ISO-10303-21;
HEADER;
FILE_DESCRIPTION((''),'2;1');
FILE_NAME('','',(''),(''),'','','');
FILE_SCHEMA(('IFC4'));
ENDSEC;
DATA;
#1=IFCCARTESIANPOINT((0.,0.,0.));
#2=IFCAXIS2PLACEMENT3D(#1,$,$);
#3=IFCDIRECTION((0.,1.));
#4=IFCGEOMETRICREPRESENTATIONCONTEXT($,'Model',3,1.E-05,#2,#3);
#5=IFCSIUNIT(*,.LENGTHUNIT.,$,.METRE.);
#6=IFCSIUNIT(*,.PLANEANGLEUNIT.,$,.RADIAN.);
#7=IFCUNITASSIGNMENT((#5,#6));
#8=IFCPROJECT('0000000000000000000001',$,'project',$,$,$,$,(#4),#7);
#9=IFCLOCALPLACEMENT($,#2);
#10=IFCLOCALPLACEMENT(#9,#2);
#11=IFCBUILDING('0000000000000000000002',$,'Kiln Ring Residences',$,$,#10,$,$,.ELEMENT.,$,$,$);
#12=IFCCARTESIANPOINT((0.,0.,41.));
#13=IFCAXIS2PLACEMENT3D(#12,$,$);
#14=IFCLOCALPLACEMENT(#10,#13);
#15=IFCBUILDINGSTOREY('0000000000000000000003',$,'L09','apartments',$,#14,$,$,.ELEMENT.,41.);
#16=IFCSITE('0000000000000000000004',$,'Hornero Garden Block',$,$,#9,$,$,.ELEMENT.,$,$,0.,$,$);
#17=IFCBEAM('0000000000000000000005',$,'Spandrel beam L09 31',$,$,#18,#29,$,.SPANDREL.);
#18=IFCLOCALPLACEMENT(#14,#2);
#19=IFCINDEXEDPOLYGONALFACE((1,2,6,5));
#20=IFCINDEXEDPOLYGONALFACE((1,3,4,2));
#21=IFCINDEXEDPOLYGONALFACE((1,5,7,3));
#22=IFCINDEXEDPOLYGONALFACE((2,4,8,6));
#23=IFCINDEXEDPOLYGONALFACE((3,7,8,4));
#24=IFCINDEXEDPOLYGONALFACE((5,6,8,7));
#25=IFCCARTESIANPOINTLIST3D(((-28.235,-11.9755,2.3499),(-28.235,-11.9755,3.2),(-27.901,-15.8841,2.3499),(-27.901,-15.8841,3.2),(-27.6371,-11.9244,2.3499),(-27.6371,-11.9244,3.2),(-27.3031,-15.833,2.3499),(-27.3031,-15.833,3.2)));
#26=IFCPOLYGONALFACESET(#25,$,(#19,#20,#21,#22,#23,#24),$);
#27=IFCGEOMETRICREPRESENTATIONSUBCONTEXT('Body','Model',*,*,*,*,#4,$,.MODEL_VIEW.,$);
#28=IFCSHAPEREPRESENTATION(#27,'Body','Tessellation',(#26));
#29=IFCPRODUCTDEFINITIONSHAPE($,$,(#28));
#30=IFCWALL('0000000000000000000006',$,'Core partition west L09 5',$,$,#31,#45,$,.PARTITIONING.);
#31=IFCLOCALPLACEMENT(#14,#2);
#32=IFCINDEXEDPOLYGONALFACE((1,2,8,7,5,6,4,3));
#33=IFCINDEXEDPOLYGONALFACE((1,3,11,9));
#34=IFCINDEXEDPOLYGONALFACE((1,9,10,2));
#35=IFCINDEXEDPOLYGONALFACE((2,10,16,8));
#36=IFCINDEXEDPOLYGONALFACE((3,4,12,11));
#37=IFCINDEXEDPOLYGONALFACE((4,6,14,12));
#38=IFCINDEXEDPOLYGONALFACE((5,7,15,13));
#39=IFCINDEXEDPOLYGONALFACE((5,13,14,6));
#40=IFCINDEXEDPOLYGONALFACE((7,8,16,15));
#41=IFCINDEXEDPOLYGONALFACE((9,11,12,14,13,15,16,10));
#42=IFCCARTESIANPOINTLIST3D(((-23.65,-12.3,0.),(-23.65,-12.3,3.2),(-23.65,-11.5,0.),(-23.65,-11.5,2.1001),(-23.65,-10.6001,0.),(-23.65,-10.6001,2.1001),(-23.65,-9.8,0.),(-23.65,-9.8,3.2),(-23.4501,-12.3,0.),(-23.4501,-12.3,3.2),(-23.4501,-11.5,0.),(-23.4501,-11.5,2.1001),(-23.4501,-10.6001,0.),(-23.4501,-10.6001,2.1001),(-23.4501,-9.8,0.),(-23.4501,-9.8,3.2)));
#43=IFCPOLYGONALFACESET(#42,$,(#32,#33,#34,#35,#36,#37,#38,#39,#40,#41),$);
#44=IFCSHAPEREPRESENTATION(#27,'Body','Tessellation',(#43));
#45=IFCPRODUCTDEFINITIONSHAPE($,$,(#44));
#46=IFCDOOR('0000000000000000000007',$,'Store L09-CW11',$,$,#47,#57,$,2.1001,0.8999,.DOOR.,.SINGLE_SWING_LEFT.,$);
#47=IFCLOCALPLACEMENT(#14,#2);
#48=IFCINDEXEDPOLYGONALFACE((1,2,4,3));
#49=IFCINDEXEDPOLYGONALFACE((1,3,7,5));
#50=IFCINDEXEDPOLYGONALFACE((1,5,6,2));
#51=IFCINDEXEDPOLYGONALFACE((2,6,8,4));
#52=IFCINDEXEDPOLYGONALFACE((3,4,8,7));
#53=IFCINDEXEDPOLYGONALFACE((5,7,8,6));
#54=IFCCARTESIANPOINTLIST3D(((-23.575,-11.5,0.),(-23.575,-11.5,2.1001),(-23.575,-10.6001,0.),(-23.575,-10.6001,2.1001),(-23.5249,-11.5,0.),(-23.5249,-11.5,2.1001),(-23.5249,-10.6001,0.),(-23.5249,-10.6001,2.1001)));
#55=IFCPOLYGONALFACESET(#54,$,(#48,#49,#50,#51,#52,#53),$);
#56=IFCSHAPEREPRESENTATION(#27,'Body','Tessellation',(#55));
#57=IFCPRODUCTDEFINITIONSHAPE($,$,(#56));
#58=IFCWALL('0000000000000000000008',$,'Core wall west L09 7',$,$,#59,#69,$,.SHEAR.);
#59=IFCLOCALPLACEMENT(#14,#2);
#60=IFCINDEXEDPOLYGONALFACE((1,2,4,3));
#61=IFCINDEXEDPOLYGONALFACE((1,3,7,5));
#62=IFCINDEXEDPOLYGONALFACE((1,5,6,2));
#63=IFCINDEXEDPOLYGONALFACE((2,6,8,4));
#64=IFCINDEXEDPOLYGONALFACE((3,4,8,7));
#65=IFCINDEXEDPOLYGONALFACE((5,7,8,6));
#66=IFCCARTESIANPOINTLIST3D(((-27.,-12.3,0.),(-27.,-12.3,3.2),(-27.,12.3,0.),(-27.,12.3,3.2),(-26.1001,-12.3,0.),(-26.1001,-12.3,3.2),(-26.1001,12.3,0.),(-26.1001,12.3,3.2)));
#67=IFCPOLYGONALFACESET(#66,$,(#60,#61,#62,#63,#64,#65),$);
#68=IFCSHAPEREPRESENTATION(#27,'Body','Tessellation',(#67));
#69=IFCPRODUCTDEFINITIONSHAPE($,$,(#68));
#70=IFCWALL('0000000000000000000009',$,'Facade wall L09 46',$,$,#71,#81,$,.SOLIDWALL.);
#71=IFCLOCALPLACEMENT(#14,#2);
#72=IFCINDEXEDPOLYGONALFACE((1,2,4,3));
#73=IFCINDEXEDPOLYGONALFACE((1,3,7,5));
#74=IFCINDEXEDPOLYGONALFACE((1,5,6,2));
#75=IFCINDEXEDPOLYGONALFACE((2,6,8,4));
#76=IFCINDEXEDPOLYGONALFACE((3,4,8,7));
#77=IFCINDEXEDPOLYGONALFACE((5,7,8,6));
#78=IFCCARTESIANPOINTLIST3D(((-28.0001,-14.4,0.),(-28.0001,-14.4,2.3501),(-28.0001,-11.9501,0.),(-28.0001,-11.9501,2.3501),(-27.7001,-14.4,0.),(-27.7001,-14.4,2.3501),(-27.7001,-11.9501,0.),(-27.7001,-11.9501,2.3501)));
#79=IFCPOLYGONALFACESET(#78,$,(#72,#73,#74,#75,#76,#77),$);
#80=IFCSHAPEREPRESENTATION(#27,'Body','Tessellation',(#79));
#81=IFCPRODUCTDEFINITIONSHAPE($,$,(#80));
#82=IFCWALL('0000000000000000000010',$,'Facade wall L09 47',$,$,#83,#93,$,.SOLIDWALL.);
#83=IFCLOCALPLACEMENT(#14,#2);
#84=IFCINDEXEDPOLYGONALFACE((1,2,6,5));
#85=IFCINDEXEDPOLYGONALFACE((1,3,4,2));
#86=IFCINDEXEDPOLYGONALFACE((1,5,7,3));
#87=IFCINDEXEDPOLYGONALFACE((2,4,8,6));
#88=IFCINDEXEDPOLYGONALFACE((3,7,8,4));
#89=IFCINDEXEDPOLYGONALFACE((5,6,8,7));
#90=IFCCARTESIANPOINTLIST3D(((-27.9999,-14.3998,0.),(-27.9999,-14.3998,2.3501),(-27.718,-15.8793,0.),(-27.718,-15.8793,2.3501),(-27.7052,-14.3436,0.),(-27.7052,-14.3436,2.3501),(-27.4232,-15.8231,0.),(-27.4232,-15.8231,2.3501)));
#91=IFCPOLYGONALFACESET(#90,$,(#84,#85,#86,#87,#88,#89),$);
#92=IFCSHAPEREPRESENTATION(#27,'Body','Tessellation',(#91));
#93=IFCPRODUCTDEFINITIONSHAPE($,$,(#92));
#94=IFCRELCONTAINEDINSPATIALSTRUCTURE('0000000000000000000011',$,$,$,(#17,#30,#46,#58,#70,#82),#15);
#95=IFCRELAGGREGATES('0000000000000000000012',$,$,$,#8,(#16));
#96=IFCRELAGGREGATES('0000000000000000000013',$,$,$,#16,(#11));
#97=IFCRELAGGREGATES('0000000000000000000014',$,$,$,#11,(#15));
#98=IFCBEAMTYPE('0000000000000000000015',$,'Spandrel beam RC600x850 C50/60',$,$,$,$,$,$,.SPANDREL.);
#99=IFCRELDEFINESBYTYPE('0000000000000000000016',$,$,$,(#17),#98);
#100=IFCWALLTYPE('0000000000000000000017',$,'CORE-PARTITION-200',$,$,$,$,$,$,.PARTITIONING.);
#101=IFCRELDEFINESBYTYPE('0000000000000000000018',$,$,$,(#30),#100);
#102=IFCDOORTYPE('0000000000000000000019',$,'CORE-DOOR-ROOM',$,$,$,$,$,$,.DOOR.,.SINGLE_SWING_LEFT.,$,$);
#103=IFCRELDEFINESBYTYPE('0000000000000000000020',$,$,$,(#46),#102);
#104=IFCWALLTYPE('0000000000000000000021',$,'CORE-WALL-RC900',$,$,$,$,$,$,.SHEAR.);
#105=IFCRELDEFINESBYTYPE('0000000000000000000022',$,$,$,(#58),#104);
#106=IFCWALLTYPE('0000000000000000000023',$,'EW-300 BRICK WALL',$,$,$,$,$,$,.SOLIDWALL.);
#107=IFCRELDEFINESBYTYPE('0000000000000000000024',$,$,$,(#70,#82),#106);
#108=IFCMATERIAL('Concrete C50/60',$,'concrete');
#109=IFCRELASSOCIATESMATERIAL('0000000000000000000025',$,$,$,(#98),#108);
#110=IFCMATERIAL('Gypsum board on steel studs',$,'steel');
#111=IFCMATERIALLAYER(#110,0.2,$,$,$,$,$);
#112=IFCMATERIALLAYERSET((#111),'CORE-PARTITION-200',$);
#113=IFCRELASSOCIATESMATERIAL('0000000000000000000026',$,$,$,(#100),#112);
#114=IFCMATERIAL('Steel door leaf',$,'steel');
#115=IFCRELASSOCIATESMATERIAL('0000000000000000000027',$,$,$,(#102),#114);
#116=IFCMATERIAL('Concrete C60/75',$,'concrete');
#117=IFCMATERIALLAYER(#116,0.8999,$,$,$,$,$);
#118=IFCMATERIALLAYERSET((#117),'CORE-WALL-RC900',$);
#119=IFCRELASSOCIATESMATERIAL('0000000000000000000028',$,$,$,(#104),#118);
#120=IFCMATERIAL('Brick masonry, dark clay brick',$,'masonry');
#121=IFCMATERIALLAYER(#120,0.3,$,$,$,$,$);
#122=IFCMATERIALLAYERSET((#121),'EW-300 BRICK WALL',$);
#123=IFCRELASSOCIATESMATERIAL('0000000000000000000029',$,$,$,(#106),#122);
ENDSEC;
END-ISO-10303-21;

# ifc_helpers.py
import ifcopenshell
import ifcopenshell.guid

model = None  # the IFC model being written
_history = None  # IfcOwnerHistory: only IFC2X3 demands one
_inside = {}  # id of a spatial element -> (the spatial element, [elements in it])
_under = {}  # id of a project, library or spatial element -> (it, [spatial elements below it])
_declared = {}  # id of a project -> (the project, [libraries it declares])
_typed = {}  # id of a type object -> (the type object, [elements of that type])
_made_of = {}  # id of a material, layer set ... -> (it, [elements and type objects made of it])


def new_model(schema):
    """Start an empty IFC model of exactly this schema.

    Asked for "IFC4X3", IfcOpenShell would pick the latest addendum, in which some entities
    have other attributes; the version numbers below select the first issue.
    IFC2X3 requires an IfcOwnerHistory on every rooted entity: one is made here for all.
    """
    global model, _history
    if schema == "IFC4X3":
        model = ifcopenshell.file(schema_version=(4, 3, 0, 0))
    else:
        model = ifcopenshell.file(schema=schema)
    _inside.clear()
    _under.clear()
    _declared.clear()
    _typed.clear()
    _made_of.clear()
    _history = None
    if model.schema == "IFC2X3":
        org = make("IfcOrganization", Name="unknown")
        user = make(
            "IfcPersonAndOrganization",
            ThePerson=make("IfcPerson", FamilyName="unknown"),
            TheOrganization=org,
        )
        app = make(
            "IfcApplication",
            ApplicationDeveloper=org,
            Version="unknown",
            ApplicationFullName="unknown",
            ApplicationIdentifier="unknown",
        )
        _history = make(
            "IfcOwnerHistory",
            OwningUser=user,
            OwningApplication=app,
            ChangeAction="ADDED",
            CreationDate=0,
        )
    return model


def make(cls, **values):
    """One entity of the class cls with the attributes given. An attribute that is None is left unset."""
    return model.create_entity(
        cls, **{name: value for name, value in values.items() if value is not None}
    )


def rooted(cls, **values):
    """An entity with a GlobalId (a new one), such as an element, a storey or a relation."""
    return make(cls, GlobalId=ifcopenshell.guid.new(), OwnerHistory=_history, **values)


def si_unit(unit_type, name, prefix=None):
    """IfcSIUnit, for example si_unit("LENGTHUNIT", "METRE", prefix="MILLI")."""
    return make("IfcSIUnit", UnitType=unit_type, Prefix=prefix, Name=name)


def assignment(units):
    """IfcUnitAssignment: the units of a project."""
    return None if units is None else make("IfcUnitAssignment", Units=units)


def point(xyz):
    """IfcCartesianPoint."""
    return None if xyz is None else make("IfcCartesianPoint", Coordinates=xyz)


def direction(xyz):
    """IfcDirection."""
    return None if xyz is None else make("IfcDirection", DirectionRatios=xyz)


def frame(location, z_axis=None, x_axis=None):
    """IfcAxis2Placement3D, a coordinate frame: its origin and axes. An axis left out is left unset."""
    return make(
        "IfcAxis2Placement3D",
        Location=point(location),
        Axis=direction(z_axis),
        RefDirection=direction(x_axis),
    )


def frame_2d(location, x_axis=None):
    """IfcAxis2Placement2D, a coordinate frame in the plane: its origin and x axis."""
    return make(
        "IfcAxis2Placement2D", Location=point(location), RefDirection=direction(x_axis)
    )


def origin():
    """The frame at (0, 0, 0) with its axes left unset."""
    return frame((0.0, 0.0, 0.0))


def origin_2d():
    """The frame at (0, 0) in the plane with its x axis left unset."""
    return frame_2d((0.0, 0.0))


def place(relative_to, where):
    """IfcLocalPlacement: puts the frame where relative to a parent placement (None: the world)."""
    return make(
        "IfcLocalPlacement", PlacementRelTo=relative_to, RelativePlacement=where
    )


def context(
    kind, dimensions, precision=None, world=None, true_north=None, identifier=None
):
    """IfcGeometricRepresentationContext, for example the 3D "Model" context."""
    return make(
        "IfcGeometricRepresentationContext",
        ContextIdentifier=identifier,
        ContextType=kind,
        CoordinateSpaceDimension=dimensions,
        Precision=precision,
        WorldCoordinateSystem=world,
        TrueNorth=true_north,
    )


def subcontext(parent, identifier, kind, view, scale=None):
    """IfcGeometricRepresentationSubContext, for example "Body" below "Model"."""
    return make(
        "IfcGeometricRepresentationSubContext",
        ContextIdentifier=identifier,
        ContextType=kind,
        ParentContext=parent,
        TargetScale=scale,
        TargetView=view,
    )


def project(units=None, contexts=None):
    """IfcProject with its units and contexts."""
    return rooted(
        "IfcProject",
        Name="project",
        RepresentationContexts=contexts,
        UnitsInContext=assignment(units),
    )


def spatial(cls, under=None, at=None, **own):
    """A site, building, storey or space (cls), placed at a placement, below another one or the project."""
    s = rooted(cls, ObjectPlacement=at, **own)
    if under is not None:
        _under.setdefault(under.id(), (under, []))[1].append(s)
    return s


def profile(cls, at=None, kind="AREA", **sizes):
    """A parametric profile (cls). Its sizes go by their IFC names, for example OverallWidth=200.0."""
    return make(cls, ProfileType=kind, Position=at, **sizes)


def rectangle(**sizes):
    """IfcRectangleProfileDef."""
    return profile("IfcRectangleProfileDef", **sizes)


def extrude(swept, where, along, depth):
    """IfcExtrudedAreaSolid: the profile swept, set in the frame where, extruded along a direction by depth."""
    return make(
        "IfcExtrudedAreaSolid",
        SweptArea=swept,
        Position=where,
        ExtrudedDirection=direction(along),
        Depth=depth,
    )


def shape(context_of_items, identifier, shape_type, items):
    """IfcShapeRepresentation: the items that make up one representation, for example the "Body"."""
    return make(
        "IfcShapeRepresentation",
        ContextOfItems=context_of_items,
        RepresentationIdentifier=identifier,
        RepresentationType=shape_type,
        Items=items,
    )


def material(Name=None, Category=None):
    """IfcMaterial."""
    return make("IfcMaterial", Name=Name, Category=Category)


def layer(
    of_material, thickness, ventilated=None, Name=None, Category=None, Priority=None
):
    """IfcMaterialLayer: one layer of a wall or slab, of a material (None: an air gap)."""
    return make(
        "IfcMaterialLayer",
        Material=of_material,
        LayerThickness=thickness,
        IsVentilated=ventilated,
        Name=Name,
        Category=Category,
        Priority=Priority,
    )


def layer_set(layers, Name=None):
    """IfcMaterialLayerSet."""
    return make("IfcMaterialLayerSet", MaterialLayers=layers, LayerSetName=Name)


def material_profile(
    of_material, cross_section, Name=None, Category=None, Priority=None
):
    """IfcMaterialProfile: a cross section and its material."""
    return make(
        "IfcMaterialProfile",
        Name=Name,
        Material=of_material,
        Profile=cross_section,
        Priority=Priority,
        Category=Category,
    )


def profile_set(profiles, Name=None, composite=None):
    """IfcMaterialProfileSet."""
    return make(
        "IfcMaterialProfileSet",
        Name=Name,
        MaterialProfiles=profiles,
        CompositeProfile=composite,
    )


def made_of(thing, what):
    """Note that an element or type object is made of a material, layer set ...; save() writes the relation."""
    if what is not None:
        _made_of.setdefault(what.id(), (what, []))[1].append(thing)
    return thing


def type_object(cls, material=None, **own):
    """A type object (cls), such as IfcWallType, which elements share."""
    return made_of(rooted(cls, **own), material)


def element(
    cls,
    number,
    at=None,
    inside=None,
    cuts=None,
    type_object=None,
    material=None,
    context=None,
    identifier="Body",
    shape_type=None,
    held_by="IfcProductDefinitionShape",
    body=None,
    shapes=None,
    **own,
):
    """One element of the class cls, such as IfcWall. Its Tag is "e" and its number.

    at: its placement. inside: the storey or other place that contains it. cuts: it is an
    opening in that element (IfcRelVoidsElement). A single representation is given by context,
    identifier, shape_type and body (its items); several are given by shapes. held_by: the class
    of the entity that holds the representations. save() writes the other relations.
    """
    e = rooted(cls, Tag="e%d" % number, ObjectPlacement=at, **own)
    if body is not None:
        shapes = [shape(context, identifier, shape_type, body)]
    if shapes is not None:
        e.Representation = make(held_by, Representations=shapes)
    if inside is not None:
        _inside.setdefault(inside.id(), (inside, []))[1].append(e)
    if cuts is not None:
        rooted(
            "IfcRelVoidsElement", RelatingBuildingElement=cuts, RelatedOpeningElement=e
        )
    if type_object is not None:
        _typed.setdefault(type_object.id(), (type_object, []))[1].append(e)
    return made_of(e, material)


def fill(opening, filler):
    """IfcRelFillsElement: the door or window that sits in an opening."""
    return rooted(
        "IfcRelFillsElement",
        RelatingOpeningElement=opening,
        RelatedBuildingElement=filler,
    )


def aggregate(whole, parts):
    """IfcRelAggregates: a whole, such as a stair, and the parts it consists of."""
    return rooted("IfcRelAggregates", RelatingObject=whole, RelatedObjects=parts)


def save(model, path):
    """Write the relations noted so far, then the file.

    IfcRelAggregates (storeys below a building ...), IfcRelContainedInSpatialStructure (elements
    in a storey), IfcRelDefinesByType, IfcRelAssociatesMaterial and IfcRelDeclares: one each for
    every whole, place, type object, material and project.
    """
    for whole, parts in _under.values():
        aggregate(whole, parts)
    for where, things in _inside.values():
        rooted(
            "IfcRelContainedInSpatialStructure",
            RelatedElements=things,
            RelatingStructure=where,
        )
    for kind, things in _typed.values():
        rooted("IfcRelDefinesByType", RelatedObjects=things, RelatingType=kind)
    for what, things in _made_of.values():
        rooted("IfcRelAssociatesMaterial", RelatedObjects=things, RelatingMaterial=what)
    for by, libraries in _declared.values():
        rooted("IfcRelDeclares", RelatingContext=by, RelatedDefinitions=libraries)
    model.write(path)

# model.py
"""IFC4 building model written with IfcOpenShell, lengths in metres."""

from ifc_helpers import new_model, si_unit, direction, frame, frame_2d, origin, origin_2d, place, context, subcontext, project, spatial, rectangle, extrude, material, layer, layer_set, material_profile, profile_set, type_object, element, fill, save


model = new_model("IFC4")

# Units and contexts
model_context = context("Model", 3, precision=1e-05, world=origin(), true_north=direction((0.0, 1.0)))
body_context = subcontext(model_context, "Body", "Model", "MODEL_VIEW")
ifc_project = project(units=[si_unit("LENGTHUNIT", "METRE"), si_unit("PLANEANGLEUNIT", "RADIAN")], contexts=[model_context])

# Site, building, storey
site_placement = place(None, origin())
site = spatial("IfcSite", under=ifc_project, at=site_placement, Name="Hornero Garden Block", CompositionType="ELEMENT", RefElevation=0.0)
building_placement = place(site_placement, origin())
building = spatial("IfcBuilding", under=site, at=building_placement, Name="Kiln Ring Residences", CompositionType="ELEMENT")
storey_placement = place(building_placement, frame((0.0, 0.0, 41.0)))
storey = spatial("IfcBuildingStorey", under=building, at=storey_placement, Name="L09", Description="apartments", CompositionType="ELEMENT", Elevation=41.0)

# Beam
ifc_material_1 = material(Name="Concrete C50/60", Category="concrete")
ifc_material_profile = material_profile(ifc_material_1, rectangle(XDim=0.6001, YDim=0.8501, at=origin_2d()), Name="RC600x850")
ifc_profile_set = profile_set([ifc_material_profile], Name="Concrete C50/60")
beam_type = type_object("IfcBeamType", Name="Spandrel beam RC600x850 C50/60", PredefinedType="SPANDREL", material=ifc_profile_set)
beam_placement = place(storey_placement, frame((-27.936, -11.95, 2.7749), z_axis=(0.085136, -0.996369, 0.0), x_axis=(0.996369, 0.085136, 0.0)))
element("IfcBeam", 1, at=beam_placement, inside=storey, type_object=beam_type, Name="Spandrel beam L09 31", PredefinedType="SPANDREL", context=body_context, shape_type="SweptSolid", body=[
    extrude(rectangle(XDim=0.6001, YDim=0.8501, at=origin_2d()), origin(), (0.0, 0.0, 1.0), 3.9229),
])

# Wall, opening, door
ifc_material_2 = material(Name="Gypsum board on steel studs", Category="steel")
ifc_layer_1 = layer(ifc_material_2, 0.2)
ifc_layer_set_1 = layer_set([ifc_layer_1], Name="CORE-PARTITION-200")
wall_type_1 = type_object("IfcWallType", Name="CORE-PARTITION-200", PredefinedType="PARTITIONING", material=ifc_layer_set_1)
wall_1_placement = place(storey_placement, frame((-23.55, -12.3, 0.0), z_axis=(0.0, 0.0, 1.0), x_axis=(0.0, 1.0, 0.0)))
wall_1 = element("IfcWall", 2, at=wall_1_placement, inside=storey, type_object=wall_type_1, Name="Core partition west L09 5", PredefinedType="PARTITIONING", context=body_context, shape_type="SweptSolid", body=[
    extrude(rectangle(XDim=2.5, YDim=0.2, at=frame_2d((1.25, 0.0))), origin(), (0.0, 0.0, 1.0), 3.2),
])
opening_1_placement = place(wall_1_placement, frame((0.8, 0.0, 0.0)))
opening_1 = element("IfcOpeningElement", 3, at=opening_1_placement, cuts=wall_1, PredefinedType="OPENING", context=body_context, shape_type="SweptSolid", body=[
    extrude(rectangle(XDim=0.8999, YDim=2.1001, at=frame_2d((0.45, 1.05))), frame((0.0, 0.1099, 0.0), z_axis=(0.0, -1.0, 0.0), x_axis=(1.0, 0.0, 0.0)), (0.0, 0.0, 1.0), 0.22),
])
ifc_material_3 = material(Name="Steel door leaf", Category="steel")
door_type_1 = type_object("IfcDoorType", Name="CORE-DOOR-ROOM", OperationType="SINGLE_SWING_LEFT", PredefinedType="DOOR", material=ifc_material_3)
door_1_placement = place(opening_1_placement, origin())
door_1 = element("IfcDoor", 4, at=door_1_placement, inside=storey, type_object=door_type_1, Name="Store L09-CW11", OperationType="SINGLE_SWING_LEFT", OverallHeight=2.1001, OverallWidth=0.8999, PredefinedType="DOOR", context=body_context, shape_type="SweptSolid", body=[
    extrude(rectangle(XDim=0.8999, YDim=2.1001, at=frame_2d((0.45, 1.05))), frame((0.0, 0.0249, 0.0), z_axis=(0.0, -1.0, 0.0), x_axis=(1.0, 0.0, 0.0)), (0.0, 0.0, 1.0), 0.05),
])
fill(opening_1, door_1)

# Walls
ifc_material_4 = material(Name="Concrete C60/75", Category="concrete")
ifc_layer_2 = layer(ifc_material_4, 0.8999)
ifc_layer_set_2 = layer_set([ifc_layer_2], Name="CORE-WALL-RC900")
wall_type_2 = type_object("IfcWallType", Name="CORE-WALL-RC900", PredefinedType="SHEAR", material=ifc_layer_set_2)
wall_2_placement = place(storey_placement, frame((-26.55, -12.3, 0.0), z_axis=(0.0, 0.0, 1.0), x_axis=(0.0, 1.0, 0.0)))
element("IfcWall", 5, at=wall_2_placement, inside=storey, type_object=wall_type_2, Name="Core wall west L09 7", PredefinedType="SHEAR", context=body_context, shape_type="SweptSolid", body=[
    extrude(rectangle(XDim=24.6001, YDim=0.8999, at=frame_2d((12.3, 0.0))), origin(), (0.0, 0.0, 1.0), 3.2),
])
ifc_material_5 = material(Name="Brick masonry, dark clay brick", Category="masonry")
ifc_layer_3 = layer(ifc_material_5, 0.3)
ifc_layer_set_3 = layer_set([ifc_layer_3], Name="EW-300 BRICK WALL")
wall_type_3 = type_object("IfcWallType", Name="EW-300 BRICK WALL", PredefinedType="SOLIDWALL", material=ifc_layer_set_3)
wall_3_placement = place(storey_placement, frame((-27.8501, -11.95, 0.0), z_axis=(0.0, 0.0, 1.0), x_axis=(0.0, -1.0, 0.0)))
element("IfcWall", 6, at=wall_3_placement, inside=storey, type_object=wall_type_3, Name="Facade wall L09 46", PredefinedType="SOLIDWALL", context=body_context, shape_type="SweptSolid", body=[
    extrude(rectangle(XDim=2.45, YDim=0.3, at=frame_2d((1.2251, 0.0))), origin(), (0.0, 0.0, 1.0), 2.3501),
])
wall_4_placement = place(storey_placement, frame((-27.8525, -14.3718, 0.0), z_axis=(0.0, 0.0, 1.0), x_axis=(0.187224, -0.982317, 0.0)))
element("IfcWall", 7, at=wall_4_placement, inside=storey, type_object=wall_type_3, Name="Facade wall L09 47", PredefinedType="SOLIDWALL", context=body_context, shape_type="SweptSolid", body=[
    extrude(rectangle(XDim=1.5061, YDim=0.3, at=frame_2d((0.7529, 0.0))), origin(), (0.0, 0.0, 1.0), 2.3501),
])

save(model, "model.ifc")
